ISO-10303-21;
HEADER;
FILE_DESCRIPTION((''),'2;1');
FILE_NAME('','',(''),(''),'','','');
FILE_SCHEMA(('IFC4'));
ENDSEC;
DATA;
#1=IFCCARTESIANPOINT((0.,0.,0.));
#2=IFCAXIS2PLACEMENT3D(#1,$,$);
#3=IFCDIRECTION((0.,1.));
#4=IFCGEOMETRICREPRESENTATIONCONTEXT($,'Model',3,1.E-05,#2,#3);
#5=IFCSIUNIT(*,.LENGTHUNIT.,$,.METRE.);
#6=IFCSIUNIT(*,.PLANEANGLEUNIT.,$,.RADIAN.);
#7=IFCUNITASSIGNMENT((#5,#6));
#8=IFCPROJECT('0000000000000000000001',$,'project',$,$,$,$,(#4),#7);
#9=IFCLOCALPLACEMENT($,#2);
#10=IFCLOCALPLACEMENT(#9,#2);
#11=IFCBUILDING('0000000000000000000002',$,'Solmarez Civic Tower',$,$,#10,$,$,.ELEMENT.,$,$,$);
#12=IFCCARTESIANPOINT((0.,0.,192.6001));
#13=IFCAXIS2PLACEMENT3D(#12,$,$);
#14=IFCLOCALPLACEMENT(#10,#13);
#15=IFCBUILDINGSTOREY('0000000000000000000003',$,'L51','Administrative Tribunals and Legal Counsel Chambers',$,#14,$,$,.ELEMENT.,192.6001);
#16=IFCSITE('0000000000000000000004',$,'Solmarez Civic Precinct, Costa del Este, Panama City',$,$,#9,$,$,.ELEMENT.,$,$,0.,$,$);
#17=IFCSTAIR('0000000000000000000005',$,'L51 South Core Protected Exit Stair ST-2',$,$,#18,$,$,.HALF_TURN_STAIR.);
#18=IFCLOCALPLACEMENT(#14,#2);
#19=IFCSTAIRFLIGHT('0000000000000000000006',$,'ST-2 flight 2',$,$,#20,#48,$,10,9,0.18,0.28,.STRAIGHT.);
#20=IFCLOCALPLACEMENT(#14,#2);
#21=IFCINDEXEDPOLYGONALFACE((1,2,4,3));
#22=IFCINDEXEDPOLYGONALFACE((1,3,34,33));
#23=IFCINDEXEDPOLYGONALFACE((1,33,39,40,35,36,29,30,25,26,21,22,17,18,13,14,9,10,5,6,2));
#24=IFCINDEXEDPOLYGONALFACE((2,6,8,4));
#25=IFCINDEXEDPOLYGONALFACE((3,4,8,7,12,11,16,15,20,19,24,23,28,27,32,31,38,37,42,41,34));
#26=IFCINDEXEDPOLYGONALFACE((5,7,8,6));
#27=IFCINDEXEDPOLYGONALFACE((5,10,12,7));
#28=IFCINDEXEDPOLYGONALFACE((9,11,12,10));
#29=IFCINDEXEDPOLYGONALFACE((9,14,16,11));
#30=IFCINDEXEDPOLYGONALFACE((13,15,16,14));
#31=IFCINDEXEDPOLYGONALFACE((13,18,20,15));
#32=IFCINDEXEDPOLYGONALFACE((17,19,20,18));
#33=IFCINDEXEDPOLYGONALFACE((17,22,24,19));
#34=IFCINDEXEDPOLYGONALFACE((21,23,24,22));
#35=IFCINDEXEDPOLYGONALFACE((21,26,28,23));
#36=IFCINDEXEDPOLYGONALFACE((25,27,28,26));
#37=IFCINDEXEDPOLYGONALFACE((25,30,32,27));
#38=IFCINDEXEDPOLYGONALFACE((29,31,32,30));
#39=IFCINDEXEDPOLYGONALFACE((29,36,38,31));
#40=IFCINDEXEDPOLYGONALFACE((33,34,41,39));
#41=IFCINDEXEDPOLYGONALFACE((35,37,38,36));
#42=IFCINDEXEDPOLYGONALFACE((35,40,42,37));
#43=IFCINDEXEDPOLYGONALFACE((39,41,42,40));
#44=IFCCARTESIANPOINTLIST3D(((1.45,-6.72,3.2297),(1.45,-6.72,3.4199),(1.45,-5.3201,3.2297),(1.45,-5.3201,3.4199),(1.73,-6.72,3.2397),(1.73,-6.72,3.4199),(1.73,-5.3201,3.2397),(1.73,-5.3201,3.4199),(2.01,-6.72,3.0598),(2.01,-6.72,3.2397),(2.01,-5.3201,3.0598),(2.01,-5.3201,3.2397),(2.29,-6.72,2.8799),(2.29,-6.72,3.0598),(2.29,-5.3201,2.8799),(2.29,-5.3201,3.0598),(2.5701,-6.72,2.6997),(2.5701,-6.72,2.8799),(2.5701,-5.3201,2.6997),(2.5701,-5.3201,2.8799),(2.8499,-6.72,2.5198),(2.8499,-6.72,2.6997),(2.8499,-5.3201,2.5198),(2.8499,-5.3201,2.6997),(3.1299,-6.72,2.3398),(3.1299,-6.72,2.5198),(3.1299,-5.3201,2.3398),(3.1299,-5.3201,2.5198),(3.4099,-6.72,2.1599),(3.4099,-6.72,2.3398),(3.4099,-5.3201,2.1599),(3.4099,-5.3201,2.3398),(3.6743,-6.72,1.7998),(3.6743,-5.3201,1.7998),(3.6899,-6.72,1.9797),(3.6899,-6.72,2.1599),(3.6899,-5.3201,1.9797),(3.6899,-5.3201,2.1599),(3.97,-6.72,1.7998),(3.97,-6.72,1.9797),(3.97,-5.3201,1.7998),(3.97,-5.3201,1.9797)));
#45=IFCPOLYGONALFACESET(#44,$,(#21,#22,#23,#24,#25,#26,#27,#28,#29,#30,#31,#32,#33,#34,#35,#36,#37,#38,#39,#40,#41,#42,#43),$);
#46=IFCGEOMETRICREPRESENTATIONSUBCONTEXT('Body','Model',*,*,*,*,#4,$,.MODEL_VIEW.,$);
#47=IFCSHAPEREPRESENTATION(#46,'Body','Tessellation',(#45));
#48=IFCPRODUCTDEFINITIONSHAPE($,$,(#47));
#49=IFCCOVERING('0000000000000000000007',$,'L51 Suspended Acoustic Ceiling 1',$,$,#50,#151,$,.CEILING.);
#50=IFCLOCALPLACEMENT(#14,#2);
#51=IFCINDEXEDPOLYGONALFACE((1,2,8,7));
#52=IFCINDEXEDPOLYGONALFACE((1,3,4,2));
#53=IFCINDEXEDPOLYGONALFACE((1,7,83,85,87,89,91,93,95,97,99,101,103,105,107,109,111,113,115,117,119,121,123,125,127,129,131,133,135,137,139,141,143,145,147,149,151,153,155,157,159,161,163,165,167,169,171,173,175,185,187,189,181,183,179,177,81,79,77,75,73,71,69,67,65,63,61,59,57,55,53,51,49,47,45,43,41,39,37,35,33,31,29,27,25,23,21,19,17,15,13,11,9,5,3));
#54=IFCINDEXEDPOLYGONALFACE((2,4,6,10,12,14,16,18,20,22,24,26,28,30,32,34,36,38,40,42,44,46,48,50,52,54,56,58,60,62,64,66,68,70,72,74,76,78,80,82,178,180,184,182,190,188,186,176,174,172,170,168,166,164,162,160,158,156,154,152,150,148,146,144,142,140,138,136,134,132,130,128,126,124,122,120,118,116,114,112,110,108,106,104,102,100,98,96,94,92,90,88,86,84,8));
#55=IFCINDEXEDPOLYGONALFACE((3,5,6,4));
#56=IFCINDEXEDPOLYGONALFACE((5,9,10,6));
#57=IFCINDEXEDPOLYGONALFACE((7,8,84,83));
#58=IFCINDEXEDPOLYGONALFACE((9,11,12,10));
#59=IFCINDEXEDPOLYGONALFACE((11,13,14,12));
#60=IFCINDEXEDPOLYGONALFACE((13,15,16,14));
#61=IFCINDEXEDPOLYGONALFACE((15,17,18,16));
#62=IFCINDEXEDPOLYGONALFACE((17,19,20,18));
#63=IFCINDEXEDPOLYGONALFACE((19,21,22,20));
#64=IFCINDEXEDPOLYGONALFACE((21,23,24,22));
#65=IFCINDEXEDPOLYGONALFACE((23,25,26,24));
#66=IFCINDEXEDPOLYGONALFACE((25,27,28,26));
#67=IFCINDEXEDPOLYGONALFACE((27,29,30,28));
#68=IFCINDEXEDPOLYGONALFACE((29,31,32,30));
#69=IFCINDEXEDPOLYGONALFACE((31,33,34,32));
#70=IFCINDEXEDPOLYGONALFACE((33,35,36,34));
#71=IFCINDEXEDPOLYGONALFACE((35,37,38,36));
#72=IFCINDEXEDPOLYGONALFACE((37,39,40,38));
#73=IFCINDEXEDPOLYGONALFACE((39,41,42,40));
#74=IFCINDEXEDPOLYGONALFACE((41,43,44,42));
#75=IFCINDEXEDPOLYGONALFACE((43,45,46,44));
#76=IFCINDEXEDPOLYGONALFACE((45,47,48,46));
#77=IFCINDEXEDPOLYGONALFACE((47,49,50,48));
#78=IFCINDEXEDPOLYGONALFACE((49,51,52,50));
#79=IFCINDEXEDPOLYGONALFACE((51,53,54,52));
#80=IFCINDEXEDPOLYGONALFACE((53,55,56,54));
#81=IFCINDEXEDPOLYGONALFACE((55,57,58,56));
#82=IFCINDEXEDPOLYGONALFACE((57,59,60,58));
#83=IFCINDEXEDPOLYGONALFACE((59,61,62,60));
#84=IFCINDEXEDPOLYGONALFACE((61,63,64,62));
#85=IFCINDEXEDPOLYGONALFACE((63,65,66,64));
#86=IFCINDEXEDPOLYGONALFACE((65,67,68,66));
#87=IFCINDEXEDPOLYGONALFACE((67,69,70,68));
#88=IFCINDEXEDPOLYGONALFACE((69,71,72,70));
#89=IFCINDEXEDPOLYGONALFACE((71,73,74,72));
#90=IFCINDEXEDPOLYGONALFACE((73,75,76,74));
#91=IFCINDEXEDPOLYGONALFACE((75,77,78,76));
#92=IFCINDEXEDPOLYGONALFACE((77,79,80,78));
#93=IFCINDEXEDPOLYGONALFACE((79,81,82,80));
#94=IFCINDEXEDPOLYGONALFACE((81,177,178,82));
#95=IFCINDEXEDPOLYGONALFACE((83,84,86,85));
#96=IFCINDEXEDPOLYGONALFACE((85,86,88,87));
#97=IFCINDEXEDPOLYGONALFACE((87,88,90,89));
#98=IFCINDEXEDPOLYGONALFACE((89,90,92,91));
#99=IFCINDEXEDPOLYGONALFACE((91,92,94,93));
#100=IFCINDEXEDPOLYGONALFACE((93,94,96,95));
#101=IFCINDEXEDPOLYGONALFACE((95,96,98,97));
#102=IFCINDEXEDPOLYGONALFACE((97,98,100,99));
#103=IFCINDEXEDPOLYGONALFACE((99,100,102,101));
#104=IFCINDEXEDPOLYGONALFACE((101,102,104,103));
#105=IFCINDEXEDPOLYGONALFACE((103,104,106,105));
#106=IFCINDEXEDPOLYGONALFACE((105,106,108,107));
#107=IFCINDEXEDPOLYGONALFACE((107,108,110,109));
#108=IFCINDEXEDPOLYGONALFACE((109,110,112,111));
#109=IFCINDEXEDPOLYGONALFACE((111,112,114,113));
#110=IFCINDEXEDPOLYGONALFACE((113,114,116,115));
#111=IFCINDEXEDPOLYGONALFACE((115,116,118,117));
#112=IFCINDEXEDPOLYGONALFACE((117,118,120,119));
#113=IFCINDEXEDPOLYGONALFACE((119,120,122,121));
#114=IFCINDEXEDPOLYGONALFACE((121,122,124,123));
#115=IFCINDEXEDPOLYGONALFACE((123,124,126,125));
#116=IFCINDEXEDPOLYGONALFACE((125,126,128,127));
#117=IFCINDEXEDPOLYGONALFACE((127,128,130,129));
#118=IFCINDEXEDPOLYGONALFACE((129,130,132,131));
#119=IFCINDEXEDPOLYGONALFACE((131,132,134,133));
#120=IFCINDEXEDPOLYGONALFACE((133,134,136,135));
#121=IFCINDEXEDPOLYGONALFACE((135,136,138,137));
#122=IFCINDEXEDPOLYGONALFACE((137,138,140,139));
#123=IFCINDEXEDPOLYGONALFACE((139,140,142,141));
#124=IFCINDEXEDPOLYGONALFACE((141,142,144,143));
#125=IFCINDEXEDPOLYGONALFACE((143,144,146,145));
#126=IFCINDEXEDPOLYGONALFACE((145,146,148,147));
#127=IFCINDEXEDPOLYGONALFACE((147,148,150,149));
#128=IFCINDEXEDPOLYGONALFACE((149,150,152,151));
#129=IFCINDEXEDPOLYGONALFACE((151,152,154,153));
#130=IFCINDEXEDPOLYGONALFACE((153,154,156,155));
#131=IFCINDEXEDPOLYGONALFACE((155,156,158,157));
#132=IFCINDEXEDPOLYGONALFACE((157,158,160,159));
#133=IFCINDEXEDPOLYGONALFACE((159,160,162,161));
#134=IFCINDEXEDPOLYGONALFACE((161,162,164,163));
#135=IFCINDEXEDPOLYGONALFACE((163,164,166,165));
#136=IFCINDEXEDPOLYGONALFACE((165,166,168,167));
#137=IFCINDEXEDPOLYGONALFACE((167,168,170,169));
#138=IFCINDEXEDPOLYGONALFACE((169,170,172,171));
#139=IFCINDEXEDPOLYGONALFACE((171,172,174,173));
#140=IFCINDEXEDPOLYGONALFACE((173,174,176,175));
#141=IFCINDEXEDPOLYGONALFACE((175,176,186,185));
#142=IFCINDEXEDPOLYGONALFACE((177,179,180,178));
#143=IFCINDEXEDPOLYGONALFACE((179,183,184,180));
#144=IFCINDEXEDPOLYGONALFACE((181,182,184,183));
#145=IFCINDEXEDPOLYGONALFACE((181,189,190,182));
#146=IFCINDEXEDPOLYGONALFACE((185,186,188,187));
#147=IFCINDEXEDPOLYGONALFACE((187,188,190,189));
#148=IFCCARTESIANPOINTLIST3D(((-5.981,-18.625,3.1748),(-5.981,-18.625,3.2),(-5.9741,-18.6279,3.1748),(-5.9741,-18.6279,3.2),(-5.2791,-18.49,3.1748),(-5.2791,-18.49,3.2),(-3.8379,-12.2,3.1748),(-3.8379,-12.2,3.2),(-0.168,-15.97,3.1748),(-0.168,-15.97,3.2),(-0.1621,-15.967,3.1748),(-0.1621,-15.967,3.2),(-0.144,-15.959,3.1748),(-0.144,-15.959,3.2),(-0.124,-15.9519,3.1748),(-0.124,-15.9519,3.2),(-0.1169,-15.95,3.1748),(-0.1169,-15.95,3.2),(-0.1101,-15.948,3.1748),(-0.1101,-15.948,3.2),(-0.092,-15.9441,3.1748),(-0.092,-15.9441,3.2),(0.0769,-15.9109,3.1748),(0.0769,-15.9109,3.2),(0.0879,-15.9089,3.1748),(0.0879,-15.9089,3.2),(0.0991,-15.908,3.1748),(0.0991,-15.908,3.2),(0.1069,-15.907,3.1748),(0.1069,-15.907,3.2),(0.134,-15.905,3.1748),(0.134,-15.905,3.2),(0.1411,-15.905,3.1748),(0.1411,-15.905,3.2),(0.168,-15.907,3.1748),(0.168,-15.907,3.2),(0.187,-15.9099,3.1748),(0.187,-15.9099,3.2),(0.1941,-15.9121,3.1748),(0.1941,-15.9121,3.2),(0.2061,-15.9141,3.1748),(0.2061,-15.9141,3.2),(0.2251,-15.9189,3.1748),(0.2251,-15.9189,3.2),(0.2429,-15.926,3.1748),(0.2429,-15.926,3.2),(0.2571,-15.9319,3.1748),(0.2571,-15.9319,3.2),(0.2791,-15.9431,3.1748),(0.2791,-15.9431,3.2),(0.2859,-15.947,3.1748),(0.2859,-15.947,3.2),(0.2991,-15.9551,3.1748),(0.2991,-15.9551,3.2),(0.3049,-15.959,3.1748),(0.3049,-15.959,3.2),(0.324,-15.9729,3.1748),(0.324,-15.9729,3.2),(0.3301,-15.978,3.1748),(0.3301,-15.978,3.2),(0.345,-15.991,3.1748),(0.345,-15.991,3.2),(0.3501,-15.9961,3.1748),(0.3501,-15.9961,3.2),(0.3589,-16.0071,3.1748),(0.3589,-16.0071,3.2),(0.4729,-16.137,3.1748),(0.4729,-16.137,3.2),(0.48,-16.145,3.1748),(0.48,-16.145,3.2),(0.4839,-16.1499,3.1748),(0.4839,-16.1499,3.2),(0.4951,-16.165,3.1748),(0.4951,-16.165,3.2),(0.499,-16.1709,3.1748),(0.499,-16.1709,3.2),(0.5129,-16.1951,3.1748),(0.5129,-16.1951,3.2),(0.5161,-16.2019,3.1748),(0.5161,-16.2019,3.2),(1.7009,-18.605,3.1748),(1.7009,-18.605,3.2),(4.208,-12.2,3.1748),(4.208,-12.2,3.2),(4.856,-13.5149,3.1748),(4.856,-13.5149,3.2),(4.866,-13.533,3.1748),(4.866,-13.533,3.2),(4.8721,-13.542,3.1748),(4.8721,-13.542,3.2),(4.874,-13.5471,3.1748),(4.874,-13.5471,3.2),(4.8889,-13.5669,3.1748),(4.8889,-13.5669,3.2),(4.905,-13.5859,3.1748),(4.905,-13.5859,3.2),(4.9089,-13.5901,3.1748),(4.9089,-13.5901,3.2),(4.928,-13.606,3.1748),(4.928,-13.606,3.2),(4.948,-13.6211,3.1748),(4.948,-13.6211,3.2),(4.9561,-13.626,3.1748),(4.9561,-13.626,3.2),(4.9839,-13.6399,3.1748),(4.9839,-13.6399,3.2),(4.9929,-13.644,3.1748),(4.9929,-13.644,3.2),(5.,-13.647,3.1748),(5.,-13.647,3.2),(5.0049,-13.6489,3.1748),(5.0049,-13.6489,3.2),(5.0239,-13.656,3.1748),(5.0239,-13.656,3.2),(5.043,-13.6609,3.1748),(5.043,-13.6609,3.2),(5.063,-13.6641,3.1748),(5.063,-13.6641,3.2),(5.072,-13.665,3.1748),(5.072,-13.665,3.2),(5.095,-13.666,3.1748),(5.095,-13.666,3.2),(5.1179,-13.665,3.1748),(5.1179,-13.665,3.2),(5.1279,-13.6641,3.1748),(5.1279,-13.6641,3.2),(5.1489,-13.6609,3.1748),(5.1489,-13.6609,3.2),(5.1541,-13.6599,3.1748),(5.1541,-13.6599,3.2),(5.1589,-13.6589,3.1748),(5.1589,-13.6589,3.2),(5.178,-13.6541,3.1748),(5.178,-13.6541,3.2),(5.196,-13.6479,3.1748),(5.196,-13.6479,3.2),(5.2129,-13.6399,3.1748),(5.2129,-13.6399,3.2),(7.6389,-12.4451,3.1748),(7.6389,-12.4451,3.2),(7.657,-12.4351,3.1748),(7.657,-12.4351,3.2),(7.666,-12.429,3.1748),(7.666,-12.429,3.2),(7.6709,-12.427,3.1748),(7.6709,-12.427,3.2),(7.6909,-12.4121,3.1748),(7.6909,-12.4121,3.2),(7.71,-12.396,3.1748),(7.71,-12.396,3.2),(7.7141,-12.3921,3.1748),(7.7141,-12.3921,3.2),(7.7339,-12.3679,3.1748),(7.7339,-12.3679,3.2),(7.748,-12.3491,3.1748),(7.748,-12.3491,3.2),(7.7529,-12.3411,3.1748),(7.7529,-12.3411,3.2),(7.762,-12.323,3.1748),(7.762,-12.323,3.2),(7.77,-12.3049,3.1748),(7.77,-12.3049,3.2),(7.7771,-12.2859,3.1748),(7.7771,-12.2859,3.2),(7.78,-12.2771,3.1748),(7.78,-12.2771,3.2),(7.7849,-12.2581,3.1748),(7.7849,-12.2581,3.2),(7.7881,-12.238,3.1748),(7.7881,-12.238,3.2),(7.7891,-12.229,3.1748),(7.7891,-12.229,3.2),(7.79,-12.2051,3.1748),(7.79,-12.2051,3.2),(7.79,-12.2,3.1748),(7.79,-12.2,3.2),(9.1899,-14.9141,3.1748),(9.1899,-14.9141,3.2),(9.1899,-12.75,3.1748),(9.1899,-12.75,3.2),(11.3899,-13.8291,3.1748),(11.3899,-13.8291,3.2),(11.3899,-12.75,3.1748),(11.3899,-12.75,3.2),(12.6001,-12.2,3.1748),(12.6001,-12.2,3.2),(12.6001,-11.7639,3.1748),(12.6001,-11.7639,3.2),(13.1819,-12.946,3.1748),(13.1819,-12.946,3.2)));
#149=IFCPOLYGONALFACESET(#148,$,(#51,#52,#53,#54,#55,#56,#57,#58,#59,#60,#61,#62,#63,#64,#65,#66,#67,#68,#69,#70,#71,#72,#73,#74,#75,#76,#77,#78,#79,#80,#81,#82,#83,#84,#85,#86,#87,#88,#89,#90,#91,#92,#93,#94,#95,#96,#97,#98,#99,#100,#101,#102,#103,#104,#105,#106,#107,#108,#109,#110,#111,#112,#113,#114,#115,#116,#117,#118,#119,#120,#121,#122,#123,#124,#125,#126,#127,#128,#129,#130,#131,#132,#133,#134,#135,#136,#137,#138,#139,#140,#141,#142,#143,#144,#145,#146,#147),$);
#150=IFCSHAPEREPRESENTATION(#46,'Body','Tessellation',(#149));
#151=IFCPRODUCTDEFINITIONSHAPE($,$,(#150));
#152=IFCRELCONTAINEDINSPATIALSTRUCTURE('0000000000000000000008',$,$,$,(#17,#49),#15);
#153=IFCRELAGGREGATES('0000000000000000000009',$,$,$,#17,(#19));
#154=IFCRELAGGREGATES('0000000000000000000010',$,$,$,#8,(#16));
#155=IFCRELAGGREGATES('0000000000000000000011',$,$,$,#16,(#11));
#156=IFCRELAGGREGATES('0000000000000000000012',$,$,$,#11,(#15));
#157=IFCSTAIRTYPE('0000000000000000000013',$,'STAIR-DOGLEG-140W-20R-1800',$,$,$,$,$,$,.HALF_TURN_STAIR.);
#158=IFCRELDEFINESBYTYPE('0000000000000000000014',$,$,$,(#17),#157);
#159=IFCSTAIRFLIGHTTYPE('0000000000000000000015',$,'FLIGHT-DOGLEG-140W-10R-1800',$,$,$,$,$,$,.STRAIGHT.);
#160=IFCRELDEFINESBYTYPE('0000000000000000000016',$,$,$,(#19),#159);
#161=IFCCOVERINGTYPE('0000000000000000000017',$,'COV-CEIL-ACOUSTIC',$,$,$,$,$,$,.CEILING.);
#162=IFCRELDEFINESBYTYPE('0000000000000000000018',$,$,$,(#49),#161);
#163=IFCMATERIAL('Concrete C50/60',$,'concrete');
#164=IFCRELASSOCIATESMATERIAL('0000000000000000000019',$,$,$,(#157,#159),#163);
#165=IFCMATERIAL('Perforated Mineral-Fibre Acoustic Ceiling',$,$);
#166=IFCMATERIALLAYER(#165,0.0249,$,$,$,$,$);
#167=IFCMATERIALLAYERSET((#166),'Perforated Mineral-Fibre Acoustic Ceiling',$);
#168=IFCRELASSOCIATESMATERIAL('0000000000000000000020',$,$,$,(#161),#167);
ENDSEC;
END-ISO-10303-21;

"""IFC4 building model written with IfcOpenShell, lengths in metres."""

from ifc_helpers import new_model, si_unit, direction, frame, origin, place, context, subcontext, project, spatial, polyline, outline, extrude, material, layer, layer_set, type_object, element, aggregate, save


model = new_model("IFC4")

# Units and contexts
model_context = context("Model", 3, precision=1e-05, world=origin(), true_north=direction((0.0, 1.0)))
body_context = subcontext(model_context, "Body", "Model", "MODEL_VIEW")
ifc_project = project(units=[si_unit("LENGTHUNIT", "METRE"), si_unit("PLANEANGLEUNIT", "RADIAN")], contexts=[model_context])

# Site, building, storey
site_placement = place(None, origin())
site = spatial("IfcSite", under=ifc_project, at=site_placement, Name="Solmarez Civic Precinct, Costa del Este, Panama City", CompositionType="ELEMENT", RefElevation=0.0)
building_placement = place(site_placement, origin())
building = spatial("IfcBuilding", under=site, at=building_placement, Name="Solmarez Civic Tower", CompositionType="ELEMENT")
storey_placement = place(building_placement, frame((0.0, 0.0, 192.6001)))
storey = spatial("IfcBuildingStorey", under=building, at=storey_placement, Name="L51", Description="Administrative Tribunals and Legal Counsel Chambers", CompositionType="ELEMENT", Elevation=192.6001)

# Shared definitions
ifc_material_1 = material(Name="Concrete C50/60", Category="concrete")

# Stair
stair_type = type_object("IfcStairType", Name="STAIR-DOGLEG-140W-20R-1800", PredefinedType="HALF_TURN_STAIR", material=ifc_material_1)
stair_1_placement = place(storey_placement, origin())
stair_1 = element("IfcStair", 1, at=stair_1_placement, inside=storey, type_object=stair_type, Name="L51 South Core Protected Exit Stair ST-2", PredefinedType="HALF_TURN_STAIR")

# Stair flight
stair_flight_type = type_object("IfcStairFlightType", Name="FLIGHT-DOGLEG-140W-10R-1800", PredefinedType="STRAIGHT", material=ifc_material_1)
stair_flight_1_placement = place(storey_placement, frame((3.97, -6.02, 1.7998), z_axis=(0.0, 0.0, 1.0), x_axis=(-1.0, 0.0, 0.0)))
stair_flight_1 = element("IfcStairFlight", 2, at=stair_flight_1_placement, type_object=stair_flight_type, Name="ST-2 flight 2", NumberOfRisers=10, NumberOfTreads=9, PredefinedType="STRAIGHT", RiserHeight=0.18, TreadLength=0.28, context=body_context, shape_type="SweptSolid", body=[
    extrude(outline(polyline([(0.0, 0.0), (0.0, 0.1799), (0.28, 0.1799), (0.28, 0.3601), (0.5601, 0.3601), (0.5601, 0.54), (0.8401, 0.54), (0.8401, 0.72), (1.1201, 0.72), (1.1201, 0.8999), (1.3999, 0.8999), (1.3999, 1.0801), (1.6799, 1.0801), (1.6799, 1.26), (1.96, 1.26), (1.96, 1.4399), (2.24, 1.4399), (2.24, 1.6201), (2.52, 1.6201), (2.52, 1.8), (2.52, 1.4299), (0.2957, 0.0), (0.0, 0.0)])), frame((0.0, 0.7, 0.0), z_axis=(0.0, -1.0, 0.0), x_axis=(1.0, 0.0, 0.0)), (0.0, 0.0, 1.0), 1.3999),
])
aggregate(stair_1, [stair_flight_1])

# Covering
ifc_material_2 = material(Name="Perforated Mineral-Fibre Acoustic Ceiling")
ifc_layer_1 = layer(ifc_material_2, 0.0249)
ifc_layer_set_1 = layer_set([ifc_layer_1], Name="Perforated Mineral-Fibre Acoustic Ceiling")
covering_type_1 = type_object("IfcCoveringType", Name="COV-CEIL-ACOUSTIC", PredefinedType="CEILING", material=ifc_layer_set_1)
covering_1_placement = place(storey_placement, frame((0.0, 0.0, 3.1748)))
element("IfcCovering", 3, at=covering_1_placement, inside=storey, type_object=covering_type_1, Name="L51 Suspended Acoustic Ceiling 1", PredefinedType="CEILING", context=body_context, shape_type="SweptSolid", body=[
    extrude(outline(polyline([(0.187, -15.9099), (0.1941, -15.9121), (0.2061, -15.9141), (0.2251, -15.9189), (0.2429, -15.926), (0.2571, -15.9319), (0.2791, -15.9431), (0.2859, -15.947), (0.2991, -15.9551), (0.3049, -15.959), (0.324, -15.9729), (0.3301, -15.978), (0.345, -15.991), (0.3501, -15.9961), (0.3589, -16.0071), (0.4729, -16.137), (0.48, -16.145), (0.4839, -16.1499), (0.4951, -16.165), (0.499, -16.1709), (0.5129, -16.1951), (0.5161, -16.2019), (1.7009, -18.605), (9.1899, -14.9141), (9.1899, -12.75), (11.3899, -12.75), (11.3899, -13.8291), (13.1819, -12.946), (12.6001, -11.7639), (12.6001, -12.2), (7.79, -12.2), (7.79, -12.2051), (7.7891, -12.229), (7.7881, -12.238), (7.7849, -12.2581), (7.78, -12.2771), (7.7771, -12.2859), (7.77, -12.3049), (7.762, -12.323), (7.7529, -12.3411), (7.748, -12.3491), (7.7339, -12.3679), (7.7141, -12.3921), (7.71, -12.396), (7.6909, -12.4121), (7.6709, -12.427), (7.666, -12.429), (7.657, -12.4351), (7.6389, -12.4451), (5.2129, -13.6399), (5.196, -13.6479), (5.178, -13.6541), (5.1589, -13.6589), (5.1541, -13.6599), (5.1489, -13.6609), (5.1279, -13.6641), (5.1179, -13.665), (5.095, -13.666), (5.072, -13.665), (5.063, -13.6641), (5.043, -13.6609), (5.0239, -13.656), (5.0049, -13.6489), (5.0, -13.647), (4.9929, -13.644), (4.9839, -13.6399), (4.9561, -13.626), (4.948, -13.6211), (4.928, -13.606), (4.9089, -13.5901), (4.905, -13.5859), (4.8889, -13.5669), (4.874, -13.5471), (4.8721, -13.542), (4.866, -13.533), (4.856, -13.5149), (4.208, -12.2), (-3.8379, -12.2), (-5.981, -18.625), (-5.9741, -18.6279), (-5.2791, -18.49), (-0.168, -15.97), (-0.1621, -15.967), (-0.144, -15.959), (-0.124, -15.9519), (-0.1169, -15.95), (-0.1101, -15.948), (-0.092, -15.9441), (0.0769, -15.9109), (0.0879, -15.9089), (0.0991, -15.908), (0.1069, -15.907), (0.134, -15.905), (0.1411, -15.905), (0.168, -15.907), (0.187, -15.9099)])), origin(), (0.0, 0.0, 1.0), 0.0251),
])

save(model, "model.ifc")
